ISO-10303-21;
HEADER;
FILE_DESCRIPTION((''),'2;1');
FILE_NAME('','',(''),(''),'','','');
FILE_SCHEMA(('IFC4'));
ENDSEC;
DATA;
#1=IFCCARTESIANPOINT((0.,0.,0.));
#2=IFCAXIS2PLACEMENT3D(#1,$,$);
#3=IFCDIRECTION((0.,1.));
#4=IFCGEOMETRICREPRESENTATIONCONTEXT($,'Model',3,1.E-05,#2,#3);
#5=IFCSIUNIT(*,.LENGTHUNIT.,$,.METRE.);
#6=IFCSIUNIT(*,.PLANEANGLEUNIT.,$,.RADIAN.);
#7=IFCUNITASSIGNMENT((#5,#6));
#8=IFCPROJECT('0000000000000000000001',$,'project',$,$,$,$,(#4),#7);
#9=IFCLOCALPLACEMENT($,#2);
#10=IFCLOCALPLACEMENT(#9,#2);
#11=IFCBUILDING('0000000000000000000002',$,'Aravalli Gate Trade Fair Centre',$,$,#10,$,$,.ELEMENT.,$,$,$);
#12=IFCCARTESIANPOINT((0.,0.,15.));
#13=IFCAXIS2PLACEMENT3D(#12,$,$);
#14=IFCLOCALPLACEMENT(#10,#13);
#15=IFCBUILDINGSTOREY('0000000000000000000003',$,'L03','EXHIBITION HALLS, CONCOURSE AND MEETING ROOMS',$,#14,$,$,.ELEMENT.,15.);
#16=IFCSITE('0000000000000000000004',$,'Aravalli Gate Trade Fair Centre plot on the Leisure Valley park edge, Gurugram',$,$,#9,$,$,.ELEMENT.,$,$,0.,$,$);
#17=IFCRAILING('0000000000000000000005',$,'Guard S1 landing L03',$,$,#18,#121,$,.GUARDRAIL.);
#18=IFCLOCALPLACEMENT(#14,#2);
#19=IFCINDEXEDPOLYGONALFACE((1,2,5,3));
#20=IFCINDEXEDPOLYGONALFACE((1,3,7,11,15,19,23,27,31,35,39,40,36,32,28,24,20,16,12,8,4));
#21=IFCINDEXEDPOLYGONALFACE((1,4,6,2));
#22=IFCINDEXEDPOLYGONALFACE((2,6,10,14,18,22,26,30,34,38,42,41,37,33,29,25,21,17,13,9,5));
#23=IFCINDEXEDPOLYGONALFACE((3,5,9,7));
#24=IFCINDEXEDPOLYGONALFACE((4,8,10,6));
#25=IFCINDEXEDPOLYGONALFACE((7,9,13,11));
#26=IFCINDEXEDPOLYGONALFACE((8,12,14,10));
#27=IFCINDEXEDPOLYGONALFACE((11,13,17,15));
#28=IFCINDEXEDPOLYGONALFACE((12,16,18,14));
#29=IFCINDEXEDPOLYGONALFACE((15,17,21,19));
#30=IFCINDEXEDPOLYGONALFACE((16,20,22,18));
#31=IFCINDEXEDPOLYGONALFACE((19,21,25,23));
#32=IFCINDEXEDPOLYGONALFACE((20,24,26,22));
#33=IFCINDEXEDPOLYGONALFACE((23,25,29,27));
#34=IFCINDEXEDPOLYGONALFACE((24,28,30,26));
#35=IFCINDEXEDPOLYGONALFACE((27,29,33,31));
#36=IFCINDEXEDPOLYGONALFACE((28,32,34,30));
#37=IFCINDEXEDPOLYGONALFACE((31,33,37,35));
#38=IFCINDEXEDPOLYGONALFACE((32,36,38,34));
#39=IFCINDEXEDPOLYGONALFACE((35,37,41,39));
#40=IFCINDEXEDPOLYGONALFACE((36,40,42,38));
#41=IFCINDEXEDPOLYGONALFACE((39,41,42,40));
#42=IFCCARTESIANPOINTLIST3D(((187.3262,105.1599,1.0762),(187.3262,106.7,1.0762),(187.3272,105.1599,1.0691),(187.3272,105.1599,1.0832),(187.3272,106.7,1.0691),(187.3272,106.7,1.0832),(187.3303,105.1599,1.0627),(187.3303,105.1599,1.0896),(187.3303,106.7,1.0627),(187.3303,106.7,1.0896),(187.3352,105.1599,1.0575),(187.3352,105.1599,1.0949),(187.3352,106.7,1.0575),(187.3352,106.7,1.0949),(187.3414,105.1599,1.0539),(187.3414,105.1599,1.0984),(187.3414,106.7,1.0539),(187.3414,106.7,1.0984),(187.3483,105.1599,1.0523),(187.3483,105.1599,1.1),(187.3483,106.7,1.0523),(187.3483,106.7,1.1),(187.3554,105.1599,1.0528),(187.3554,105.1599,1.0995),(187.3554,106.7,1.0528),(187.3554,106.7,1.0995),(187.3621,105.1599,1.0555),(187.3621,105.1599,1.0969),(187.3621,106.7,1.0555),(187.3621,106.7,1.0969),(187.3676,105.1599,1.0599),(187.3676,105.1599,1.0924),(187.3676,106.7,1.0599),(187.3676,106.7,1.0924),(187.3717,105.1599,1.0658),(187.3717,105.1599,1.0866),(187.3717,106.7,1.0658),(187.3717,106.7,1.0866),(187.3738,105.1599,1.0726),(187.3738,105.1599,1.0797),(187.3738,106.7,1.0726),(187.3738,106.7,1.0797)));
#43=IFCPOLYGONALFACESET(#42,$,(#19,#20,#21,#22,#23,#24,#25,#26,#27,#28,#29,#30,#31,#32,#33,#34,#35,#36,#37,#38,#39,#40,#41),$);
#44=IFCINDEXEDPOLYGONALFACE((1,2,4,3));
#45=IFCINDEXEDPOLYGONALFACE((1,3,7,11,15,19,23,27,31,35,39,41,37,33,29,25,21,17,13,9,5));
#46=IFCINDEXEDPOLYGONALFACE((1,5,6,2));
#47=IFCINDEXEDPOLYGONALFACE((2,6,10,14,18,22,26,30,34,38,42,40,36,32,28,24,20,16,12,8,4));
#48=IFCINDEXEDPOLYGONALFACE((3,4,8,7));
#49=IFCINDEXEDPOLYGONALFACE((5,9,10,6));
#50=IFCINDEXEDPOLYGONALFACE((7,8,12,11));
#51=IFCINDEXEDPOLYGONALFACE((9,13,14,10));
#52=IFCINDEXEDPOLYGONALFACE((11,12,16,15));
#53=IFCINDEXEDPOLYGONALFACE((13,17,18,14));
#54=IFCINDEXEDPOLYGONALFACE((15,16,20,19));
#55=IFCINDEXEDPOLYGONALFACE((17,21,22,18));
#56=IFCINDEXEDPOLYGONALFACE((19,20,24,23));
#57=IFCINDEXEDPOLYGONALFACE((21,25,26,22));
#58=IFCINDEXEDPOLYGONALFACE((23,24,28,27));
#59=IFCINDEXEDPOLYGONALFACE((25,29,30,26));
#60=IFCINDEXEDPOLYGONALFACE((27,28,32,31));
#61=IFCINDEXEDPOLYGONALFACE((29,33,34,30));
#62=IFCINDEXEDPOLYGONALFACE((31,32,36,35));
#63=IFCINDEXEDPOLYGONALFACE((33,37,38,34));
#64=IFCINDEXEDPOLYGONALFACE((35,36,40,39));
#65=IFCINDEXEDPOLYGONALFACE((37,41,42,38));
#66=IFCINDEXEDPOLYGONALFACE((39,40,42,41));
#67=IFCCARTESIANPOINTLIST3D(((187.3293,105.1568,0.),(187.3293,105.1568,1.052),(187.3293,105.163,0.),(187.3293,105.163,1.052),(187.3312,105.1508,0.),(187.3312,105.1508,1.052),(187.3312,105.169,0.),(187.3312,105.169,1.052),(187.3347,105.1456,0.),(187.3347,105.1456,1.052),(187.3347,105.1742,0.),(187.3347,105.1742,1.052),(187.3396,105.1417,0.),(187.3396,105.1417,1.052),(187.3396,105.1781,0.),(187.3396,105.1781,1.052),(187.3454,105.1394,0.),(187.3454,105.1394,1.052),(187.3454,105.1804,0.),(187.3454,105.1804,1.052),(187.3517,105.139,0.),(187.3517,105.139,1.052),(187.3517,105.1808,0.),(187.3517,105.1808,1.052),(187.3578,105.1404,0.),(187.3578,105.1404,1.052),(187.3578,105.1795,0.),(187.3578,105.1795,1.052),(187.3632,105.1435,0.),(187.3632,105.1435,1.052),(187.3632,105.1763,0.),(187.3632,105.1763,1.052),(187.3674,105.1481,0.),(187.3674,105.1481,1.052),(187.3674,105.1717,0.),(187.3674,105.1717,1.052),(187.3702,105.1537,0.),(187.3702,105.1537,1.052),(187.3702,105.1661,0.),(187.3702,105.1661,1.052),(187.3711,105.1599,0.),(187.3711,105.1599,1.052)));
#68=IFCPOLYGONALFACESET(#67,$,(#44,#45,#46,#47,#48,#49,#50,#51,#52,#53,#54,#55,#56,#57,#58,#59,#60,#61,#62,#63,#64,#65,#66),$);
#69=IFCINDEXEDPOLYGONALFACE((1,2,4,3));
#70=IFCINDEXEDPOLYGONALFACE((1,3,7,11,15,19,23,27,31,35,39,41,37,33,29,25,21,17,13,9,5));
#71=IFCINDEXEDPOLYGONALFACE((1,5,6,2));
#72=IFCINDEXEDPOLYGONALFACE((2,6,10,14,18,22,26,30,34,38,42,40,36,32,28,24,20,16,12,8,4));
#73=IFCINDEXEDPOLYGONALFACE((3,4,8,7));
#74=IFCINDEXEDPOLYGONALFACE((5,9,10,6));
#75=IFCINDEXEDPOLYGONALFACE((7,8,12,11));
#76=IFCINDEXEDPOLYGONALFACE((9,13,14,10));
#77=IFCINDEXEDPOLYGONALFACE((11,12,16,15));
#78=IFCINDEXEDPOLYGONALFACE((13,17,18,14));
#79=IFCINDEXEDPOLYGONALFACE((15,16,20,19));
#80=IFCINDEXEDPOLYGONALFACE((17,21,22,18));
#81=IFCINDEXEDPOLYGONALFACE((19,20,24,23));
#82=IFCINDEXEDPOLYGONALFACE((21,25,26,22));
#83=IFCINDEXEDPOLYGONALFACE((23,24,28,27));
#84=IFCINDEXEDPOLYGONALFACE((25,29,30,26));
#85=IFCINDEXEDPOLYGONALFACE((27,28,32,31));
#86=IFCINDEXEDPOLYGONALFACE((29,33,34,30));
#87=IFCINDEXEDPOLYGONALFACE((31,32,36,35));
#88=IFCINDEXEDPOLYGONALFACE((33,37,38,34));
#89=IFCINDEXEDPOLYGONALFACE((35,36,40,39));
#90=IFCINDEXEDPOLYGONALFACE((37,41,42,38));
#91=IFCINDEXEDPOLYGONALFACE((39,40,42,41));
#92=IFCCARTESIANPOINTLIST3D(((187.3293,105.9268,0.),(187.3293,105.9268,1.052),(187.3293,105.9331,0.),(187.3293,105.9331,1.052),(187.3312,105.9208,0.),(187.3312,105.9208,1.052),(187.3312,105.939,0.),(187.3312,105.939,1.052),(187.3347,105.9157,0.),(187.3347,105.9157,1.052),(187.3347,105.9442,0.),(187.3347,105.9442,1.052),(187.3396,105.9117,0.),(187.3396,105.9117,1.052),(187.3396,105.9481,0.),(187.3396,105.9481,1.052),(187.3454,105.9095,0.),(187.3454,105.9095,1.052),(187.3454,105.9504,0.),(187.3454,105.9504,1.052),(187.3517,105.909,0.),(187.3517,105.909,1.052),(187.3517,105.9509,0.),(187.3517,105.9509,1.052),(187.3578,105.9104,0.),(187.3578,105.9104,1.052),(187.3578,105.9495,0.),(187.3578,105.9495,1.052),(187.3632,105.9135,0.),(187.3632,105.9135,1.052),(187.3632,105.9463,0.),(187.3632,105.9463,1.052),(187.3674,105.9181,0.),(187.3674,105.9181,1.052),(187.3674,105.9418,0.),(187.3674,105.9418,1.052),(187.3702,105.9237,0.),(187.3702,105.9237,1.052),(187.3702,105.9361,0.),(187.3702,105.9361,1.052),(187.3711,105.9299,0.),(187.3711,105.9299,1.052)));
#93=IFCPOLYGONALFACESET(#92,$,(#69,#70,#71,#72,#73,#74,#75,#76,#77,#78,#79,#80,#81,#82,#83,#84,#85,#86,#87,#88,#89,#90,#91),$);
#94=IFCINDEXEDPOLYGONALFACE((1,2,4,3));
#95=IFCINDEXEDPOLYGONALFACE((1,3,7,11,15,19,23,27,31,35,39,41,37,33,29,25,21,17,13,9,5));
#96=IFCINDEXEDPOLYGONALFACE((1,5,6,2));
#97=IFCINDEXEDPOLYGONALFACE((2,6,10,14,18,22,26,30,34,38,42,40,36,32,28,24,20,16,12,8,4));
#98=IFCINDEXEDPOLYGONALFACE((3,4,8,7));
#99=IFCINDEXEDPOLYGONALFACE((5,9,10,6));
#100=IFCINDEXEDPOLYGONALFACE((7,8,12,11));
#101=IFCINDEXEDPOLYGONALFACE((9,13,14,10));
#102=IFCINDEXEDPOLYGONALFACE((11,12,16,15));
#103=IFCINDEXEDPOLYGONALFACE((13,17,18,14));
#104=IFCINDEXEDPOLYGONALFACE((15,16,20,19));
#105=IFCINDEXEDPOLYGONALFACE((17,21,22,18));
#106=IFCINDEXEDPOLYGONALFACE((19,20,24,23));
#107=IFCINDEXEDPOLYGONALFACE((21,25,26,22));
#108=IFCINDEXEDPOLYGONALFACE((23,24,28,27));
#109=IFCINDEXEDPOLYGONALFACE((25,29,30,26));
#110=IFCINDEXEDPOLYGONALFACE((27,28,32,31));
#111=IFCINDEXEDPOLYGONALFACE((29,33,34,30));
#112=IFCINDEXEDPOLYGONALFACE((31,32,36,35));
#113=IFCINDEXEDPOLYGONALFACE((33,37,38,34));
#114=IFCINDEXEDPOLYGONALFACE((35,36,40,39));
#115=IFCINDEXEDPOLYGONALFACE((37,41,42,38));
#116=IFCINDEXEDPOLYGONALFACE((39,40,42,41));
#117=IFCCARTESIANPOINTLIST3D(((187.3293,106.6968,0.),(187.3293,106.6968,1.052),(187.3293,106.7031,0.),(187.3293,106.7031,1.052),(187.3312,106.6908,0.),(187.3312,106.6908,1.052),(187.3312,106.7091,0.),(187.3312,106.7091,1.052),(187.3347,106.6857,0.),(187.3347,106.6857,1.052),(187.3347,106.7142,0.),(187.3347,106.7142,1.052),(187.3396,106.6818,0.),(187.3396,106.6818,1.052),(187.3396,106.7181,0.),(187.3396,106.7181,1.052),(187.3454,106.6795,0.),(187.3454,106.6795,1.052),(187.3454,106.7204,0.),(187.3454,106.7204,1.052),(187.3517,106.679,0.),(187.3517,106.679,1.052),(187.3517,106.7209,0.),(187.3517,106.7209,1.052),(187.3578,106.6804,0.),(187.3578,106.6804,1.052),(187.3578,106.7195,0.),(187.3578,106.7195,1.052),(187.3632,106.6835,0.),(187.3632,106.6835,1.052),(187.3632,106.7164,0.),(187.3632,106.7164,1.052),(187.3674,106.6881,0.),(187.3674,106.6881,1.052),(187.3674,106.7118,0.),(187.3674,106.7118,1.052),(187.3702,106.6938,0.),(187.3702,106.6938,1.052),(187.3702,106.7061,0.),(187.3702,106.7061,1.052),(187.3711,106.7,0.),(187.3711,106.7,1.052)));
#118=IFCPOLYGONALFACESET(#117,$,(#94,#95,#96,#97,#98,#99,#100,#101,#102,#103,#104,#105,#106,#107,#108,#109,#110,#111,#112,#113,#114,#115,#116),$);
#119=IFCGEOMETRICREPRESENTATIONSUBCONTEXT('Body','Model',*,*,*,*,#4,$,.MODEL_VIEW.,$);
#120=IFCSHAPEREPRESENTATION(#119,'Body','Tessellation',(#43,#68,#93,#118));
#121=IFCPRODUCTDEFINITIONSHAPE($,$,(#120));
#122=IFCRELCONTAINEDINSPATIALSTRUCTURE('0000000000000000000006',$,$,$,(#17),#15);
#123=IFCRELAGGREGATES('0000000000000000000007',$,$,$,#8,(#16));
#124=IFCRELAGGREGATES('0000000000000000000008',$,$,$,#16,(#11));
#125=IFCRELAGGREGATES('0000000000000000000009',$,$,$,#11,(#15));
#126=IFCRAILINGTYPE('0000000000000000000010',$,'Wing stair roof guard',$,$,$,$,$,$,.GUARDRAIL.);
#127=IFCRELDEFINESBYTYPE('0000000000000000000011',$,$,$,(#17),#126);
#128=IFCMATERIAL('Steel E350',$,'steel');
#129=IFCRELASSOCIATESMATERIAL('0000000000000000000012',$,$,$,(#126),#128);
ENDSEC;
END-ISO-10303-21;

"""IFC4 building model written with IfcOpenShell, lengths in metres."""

from ifc_helpers import new_model, si_unit, direction, frame, origin, origin_2d, place, context, subcontext, project, spatial, circle, extrude, material, type_object, element, save


model = new_model("IFC4")

# Units and contexts
model_context = context("Model", 3, precision=1e-05, world=origin(), true_north=direction((0.0, 1.0)))
body_context = subcontext(model_context, "Body", "Model", "MODEL_VIEW")
ifc_project = project(units=[si_unit("LENGTHUNIT", "METRE"), si_unit("PLANEANGLEUNIT", "RADIAN")], contexts=[model_context])

# Site, building, storey
site_placement = place(None, origin())
site = spatial("IfcSite", under=ifc_project, at=site_placement, Name="Aravalli Gate Trade Fair Centre plot on the Leisure Valley park edge, Gurugram", CompositionType="ELEMENT", RefElevation=0.0)
building_placement = place(site_placement, origin())
building = spatial("IfcBuilding", under=site, at=building_placement, Name="Aravalli Gate Trade Fair Centre", CompositionType="ELEMENT")
storey_placement = place(building_placement, frame((0.0, 0.0, 15.0)))
storey = spatial("IfcBuildingStorey", under=building, at=storey_placement, Name="L03", Description="EXHIBITION HALLS, CONCOURSE AND MEETING ROOMS", CompositionType="ELEMENT", Elevation=15.0)

# Railing
ifc_material_1 = material(Name="Steel E350", Category="steel")
railing_type_1 = type_object("IfcRailingType", Name="Wing stair roof guard", PredefinedType="GUARDRAIL", material=ifc_material_1)
railing_1_placement = place(storey_placement, frame((187.3501, 105.1599, 0.0)))
element("IfcRailing", 1, at=railing_1_placement, inside=storey, type_object=railing_type_1, Name="Guard S1 landing L03", PredefinedType="GUARDRAIL", context=body_context, shape_type="SweptSolid", body=[
    extrude(circle(Radius=0.0239, at=origin_2d()), frame((0.0, 0.0, 1.0762), z_axis=(0.0, 1.0, 0.0), x_axis=(-1.0, 0.0, 0.0)), (0.0, 0.0, 1.0), 1.54),
    extrude(circle(Radius=0.021, at=origin_2d()), origin(), (0.0, 0.0, 1.0), 1.052),
    extrude(circle(Radius=0.021, at=origin_2d()), frame((0.0, 0.77, 0.0)), (0.0, 0.0, 1.0), 1.052),
    extrude(circle(Radius=0.021, at=origin_2d()), frame((0.0, 1.54, 0.0)), (0.0, 0.0, 1.0), 1.052),
])

save(model, "model.ifc")
